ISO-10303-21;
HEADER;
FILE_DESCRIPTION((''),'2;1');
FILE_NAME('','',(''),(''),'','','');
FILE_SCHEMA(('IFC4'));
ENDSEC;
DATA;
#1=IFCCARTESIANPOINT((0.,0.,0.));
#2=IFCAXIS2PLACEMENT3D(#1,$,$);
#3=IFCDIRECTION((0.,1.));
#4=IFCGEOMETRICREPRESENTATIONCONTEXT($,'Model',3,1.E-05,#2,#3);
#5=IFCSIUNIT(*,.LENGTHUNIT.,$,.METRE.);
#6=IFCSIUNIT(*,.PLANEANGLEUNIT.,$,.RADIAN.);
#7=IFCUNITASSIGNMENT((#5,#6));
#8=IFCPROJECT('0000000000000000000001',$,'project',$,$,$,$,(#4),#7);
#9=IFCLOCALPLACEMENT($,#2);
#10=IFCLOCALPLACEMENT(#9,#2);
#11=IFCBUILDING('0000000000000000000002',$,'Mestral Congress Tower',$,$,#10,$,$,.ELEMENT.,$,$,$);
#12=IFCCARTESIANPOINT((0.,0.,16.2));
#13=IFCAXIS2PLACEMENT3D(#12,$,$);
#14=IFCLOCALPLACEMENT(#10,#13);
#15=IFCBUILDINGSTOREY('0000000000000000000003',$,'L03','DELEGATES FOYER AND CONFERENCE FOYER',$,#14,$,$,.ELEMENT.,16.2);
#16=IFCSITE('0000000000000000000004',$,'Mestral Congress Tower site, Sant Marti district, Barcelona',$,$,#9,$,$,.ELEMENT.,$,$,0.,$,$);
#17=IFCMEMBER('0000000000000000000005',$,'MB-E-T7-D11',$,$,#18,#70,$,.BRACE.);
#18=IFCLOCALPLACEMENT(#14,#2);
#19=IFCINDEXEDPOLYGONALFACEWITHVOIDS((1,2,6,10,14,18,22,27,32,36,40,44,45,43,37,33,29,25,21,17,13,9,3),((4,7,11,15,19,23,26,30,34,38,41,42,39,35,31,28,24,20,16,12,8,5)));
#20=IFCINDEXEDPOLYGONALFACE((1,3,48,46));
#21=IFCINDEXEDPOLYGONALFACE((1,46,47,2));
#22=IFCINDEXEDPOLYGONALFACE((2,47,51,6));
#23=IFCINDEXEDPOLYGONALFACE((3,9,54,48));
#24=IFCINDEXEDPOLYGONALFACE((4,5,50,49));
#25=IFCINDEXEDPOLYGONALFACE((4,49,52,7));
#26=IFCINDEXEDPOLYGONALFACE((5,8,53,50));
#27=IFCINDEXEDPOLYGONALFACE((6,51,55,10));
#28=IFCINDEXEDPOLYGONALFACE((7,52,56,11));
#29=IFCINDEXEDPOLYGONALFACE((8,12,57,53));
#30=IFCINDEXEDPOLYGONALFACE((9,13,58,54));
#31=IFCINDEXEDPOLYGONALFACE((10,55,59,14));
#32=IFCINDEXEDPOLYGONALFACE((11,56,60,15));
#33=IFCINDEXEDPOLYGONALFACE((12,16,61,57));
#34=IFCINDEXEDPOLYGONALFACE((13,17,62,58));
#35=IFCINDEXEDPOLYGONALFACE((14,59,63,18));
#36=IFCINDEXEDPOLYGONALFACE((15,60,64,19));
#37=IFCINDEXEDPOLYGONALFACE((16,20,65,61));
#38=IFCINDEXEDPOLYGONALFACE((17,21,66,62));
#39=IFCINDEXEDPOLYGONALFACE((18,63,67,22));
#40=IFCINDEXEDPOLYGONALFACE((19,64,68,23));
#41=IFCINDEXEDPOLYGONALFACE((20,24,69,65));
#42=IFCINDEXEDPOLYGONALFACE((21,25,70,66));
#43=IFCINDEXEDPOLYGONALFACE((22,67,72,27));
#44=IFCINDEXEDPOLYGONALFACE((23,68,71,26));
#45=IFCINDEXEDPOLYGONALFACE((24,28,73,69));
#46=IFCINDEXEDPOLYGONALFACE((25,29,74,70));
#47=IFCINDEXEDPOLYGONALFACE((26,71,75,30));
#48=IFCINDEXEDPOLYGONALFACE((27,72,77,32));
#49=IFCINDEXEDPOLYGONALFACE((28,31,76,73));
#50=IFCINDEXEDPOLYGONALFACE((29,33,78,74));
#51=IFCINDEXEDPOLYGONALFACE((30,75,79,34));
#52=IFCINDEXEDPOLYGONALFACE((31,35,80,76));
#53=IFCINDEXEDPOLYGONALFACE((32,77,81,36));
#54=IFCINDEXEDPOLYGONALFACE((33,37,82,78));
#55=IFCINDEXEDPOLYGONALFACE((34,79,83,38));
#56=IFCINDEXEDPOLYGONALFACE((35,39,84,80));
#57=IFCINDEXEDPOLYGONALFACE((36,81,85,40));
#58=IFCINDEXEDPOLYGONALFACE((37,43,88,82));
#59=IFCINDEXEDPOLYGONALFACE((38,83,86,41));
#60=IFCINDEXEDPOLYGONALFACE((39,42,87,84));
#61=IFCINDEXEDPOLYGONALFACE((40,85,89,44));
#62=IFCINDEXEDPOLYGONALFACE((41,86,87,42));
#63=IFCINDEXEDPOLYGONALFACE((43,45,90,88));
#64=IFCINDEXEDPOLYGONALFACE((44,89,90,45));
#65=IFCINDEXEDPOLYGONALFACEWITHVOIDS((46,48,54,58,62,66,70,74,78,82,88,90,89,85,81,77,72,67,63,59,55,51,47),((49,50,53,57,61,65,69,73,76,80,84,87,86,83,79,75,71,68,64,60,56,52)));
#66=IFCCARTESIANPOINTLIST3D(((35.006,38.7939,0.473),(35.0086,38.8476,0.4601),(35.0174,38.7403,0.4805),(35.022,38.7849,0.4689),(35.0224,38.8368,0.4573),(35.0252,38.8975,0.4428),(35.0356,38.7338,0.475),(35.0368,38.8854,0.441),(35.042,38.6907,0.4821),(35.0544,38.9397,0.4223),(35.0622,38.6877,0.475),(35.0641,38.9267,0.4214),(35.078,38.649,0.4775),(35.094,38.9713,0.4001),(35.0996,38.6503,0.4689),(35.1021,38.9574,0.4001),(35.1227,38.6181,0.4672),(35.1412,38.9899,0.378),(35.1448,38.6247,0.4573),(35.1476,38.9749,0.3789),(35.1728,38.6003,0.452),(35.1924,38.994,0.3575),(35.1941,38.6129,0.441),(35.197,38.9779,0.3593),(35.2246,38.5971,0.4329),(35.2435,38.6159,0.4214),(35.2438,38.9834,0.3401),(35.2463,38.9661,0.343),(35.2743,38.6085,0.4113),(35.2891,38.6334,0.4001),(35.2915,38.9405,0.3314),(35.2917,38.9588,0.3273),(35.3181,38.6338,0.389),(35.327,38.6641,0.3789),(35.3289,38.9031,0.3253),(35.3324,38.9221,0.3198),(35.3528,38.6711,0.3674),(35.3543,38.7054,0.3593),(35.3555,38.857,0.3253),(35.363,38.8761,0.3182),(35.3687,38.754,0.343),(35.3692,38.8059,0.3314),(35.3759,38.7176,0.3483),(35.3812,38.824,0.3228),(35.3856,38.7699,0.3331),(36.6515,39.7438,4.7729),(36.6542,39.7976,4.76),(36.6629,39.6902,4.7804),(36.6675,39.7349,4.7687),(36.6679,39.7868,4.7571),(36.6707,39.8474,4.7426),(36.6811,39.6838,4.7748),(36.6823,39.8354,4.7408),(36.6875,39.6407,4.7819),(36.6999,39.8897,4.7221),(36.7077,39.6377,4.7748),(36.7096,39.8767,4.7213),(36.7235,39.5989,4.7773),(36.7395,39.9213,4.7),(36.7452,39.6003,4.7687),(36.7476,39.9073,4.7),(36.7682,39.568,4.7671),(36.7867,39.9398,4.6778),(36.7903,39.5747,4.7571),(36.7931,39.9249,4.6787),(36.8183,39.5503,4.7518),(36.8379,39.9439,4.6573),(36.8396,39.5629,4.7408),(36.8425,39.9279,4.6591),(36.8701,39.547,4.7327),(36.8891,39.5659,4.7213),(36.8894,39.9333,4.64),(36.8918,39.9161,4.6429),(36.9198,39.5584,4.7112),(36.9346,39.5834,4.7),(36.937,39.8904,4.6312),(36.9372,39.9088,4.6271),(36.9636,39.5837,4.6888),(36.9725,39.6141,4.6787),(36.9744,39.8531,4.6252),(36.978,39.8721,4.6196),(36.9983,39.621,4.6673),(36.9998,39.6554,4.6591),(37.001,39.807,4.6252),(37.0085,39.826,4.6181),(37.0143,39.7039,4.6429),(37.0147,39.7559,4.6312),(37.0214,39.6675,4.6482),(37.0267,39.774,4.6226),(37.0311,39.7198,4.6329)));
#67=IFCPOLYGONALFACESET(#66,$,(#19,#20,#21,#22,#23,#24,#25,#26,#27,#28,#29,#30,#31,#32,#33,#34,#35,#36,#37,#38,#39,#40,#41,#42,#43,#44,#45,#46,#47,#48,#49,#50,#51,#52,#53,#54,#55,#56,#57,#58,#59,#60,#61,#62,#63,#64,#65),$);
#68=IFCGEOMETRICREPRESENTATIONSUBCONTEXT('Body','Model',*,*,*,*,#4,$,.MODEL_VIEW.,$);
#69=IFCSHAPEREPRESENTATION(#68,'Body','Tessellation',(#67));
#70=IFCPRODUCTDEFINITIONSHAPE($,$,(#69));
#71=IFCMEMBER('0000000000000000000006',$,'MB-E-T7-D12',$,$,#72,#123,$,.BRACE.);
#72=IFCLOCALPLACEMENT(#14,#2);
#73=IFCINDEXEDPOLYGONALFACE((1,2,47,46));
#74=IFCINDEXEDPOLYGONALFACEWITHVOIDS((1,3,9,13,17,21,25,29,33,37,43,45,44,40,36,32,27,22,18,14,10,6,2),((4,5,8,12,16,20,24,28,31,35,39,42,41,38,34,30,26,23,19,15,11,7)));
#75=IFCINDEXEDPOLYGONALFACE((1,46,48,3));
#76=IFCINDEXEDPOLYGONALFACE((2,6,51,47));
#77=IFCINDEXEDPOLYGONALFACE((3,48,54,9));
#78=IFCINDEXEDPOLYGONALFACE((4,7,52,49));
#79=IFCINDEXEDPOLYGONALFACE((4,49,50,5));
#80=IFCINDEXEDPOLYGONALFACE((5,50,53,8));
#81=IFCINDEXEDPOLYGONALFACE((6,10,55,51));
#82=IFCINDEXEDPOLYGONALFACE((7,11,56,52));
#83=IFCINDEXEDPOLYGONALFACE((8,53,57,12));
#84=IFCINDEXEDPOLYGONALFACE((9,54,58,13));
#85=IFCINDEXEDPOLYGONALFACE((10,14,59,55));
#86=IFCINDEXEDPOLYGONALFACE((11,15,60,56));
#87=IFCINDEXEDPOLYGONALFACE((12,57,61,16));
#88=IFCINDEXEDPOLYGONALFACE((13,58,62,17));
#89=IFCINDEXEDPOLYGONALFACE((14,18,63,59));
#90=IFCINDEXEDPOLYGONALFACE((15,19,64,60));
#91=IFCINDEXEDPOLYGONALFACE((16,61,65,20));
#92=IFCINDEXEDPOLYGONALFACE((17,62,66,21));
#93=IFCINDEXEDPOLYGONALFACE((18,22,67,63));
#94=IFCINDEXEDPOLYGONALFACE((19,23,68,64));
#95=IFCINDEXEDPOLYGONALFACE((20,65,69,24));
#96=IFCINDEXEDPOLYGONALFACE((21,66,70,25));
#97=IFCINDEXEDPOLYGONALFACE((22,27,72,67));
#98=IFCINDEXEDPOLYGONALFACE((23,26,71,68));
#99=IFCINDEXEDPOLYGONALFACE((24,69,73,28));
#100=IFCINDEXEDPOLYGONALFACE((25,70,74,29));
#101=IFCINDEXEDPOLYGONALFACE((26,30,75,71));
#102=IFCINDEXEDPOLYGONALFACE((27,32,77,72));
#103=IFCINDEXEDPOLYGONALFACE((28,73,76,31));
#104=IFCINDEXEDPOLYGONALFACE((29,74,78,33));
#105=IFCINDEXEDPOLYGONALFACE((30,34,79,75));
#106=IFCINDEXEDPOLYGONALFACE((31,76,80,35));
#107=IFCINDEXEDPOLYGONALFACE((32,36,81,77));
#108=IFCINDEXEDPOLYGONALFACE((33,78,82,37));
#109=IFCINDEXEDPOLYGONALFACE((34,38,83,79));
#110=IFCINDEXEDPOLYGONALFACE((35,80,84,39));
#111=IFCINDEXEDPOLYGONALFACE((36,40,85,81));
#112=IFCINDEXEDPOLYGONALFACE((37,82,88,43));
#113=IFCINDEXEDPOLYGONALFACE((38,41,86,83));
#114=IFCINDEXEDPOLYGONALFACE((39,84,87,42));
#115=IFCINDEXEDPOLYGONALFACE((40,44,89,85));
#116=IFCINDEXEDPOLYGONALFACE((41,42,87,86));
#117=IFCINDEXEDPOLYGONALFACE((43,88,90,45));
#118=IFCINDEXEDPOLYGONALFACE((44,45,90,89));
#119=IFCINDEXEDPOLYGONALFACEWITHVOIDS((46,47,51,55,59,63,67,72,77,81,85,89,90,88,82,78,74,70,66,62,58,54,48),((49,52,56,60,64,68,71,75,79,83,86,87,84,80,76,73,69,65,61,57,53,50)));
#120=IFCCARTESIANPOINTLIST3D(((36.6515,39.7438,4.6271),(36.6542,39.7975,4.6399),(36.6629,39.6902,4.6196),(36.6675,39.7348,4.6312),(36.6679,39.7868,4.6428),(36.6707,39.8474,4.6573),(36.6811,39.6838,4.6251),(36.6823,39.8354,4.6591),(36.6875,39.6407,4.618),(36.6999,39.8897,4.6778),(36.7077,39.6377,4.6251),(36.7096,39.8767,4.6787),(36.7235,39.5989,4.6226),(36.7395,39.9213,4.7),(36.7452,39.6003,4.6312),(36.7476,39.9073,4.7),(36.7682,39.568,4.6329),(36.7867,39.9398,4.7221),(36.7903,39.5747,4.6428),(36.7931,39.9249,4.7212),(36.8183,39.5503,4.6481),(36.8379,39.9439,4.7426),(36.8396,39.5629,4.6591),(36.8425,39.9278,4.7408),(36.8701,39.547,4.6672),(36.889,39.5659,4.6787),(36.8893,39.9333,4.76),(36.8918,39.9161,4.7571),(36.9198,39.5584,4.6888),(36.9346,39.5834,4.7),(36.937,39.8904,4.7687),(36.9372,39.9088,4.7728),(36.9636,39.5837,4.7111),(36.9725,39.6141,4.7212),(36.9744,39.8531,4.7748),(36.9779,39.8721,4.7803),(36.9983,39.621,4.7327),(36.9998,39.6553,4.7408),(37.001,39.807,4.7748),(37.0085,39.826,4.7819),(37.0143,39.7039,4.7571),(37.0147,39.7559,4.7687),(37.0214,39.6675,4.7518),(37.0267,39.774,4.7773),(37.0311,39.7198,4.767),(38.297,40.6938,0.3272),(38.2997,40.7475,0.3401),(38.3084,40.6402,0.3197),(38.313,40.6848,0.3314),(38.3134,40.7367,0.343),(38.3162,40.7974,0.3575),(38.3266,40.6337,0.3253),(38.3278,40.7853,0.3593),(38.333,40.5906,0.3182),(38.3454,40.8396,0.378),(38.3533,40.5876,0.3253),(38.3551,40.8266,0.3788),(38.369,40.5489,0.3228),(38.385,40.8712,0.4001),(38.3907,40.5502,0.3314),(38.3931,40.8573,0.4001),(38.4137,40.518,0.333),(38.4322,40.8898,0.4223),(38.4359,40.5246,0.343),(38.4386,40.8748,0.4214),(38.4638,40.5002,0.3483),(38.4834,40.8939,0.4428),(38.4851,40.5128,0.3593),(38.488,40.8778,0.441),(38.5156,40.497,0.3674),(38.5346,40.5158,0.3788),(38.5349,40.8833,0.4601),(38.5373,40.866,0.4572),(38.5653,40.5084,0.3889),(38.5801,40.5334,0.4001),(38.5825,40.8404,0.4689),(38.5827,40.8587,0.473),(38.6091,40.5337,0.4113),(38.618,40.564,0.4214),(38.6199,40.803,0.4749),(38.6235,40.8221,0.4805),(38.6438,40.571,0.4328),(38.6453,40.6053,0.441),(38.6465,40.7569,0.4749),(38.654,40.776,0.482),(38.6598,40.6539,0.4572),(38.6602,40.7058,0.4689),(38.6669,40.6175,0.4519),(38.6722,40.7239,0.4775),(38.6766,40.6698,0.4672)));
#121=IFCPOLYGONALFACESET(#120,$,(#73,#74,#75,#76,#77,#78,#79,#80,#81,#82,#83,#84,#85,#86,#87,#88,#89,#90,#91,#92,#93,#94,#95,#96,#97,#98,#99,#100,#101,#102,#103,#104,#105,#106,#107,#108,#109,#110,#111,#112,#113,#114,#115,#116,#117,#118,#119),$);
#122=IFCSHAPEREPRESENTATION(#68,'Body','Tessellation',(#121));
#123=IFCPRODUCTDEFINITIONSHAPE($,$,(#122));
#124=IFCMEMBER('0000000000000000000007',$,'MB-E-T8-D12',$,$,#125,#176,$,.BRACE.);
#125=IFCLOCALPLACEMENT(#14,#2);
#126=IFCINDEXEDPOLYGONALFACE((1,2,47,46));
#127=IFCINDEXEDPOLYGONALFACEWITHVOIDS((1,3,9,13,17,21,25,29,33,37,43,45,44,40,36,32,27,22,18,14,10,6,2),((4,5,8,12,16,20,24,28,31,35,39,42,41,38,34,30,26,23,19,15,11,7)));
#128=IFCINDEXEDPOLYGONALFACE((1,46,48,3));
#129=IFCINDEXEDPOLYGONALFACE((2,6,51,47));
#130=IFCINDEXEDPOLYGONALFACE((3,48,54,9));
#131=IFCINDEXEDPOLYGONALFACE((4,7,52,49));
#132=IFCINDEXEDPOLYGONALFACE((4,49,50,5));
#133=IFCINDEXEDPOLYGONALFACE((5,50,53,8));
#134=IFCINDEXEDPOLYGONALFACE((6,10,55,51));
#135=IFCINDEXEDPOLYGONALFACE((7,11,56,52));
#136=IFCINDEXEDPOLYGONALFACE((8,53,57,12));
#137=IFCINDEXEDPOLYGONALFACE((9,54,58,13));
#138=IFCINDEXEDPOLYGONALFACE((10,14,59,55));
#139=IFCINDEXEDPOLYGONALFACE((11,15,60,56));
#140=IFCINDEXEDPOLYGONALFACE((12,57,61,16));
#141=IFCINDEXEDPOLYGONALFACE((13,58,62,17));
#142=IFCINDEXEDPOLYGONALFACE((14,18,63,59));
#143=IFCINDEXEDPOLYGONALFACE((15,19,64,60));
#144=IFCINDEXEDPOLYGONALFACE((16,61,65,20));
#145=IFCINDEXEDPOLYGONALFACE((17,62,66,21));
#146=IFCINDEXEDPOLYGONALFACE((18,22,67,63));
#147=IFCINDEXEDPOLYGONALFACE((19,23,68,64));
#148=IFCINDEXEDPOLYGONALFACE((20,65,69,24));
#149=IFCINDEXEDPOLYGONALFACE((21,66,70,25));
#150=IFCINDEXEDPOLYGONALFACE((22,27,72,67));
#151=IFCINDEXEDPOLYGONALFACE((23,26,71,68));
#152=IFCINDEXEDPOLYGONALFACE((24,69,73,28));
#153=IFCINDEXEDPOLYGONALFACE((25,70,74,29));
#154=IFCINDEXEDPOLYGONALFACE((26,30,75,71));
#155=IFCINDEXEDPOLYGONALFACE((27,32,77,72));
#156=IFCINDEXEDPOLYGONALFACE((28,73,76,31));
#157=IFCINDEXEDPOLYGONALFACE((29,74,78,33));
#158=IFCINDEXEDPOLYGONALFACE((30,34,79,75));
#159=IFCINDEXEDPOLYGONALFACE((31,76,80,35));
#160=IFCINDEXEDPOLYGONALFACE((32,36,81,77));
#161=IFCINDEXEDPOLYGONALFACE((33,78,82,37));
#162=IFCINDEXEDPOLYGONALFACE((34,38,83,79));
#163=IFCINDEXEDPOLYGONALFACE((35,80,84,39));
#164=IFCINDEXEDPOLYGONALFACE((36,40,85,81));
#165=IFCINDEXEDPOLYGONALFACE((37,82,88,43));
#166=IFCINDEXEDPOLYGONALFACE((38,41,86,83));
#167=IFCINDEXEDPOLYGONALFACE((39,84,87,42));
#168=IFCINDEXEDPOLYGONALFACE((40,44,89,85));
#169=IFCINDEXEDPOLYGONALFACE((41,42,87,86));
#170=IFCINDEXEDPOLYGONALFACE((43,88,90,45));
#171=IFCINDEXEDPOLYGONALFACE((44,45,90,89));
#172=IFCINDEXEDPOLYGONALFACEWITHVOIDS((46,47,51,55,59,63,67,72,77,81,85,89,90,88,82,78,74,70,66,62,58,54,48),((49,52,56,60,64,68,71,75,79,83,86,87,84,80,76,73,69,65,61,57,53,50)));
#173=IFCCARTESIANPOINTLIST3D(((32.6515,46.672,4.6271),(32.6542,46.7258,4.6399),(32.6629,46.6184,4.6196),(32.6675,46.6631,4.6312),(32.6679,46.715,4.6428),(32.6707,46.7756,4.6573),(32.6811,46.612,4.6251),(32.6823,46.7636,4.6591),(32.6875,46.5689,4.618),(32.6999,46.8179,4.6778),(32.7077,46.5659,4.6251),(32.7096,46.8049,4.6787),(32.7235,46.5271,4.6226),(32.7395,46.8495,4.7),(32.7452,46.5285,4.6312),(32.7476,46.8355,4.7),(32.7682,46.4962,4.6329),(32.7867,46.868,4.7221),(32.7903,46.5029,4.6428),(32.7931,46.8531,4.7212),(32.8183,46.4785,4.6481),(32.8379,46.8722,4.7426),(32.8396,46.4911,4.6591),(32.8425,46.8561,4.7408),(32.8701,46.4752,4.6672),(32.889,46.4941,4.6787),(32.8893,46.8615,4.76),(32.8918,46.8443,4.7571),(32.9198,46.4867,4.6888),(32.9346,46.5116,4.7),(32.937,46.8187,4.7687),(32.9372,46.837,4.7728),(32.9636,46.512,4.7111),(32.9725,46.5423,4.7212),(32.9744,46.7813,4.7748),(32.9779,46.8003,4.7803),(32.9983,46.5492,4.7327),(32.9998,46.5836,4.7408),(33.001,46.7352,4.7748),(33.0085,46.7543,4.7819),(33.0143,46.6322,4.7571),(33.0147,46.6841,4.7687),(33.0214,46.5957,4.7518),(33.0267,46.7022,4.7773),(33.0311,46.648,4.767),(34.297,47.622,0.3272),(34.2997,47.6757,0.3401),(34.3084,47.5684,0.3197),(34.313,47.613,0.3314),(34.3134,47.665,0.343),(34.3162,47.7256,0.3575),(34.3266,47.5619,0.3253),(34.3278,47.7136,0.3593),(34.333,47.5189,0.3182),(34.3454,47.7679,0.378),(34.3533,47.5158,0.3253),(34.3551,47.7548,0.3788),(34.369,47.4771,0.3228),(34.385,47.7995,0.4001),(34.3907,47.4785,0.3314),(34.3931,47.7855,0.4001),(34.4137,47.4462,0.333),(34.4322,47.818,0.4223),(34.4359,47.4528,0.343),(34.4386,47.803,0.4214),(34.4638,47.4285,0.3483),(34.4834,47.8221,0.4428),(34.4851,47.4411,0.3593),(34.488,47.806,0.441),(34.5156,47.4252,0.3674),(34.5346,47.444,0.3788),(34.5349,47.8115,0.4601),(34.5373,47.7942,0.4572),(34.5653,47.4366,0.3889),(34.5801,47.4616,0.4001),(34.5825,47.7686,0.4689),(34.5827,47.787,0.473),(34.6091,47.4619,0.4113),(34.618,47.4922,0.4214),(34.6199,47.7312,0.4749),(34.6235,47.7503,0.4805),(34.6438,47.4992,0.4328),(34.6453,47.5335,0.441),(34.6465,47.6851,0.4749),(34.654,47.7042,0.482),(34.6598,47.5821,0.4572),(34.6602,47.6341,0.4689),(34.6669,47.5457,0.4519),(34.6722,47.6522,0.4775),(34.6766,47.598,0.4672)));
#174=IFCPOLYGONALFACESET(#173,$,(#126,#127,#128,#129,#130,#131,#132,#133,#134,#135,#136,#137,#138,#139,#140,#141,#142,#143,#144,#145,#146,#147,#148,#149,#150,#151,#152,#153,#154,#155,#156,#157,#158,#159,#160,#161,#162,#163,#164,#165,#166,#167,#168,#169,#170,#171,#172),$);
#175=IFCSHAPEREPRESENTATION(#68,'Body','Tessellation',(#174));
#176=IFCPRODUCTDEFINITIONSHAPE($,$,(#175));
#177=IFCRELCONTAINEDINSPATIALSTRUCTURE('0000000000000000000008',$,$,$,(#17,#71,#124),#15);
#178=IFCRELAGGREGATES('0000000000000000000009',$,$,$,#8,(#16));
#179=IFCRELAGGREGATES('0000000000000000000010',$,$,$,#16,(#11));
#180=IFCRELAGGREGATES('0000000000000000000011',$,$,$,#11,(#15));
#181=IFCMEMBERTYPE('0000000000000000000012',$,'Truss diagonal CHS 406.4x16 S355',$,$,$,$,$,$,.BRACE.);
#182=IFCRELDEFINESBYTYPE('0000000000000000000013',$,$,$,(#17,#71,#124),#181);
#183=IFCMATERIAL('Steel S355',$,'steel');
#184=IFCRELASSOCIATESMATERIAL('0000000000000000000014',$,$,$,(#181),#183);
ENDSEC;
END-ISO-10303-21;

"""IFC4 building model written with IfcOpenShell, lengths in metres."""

from ifc_helpers import new_model, si_unit, direction, frame, origin, origin_2d, place, context, subcontext, project, spatial, hollow_circle, extrude, material, material_profile, profile_set, type_object, element, save


model = new_model("IFC4")

# Units and contexts
model_context = context("Model", 3, precision=1e-05, world=origin(), true_north=direction((0.0, 1.0)))
body_context = subcontext(model_context, "Body", "Model", "MODEL_VIEW")
ifc_project = project(units=[si_unit("LENGTHUNIT", "METRE"), si_unit("PLANEANGLEUNIT", "RADIAN")], contexts=[model_context])

# Site, building, storey
site_placement = place(None, origin())
site = spatial("IfcSite", under=ifc_project, at=site_placement, Name="Mestral Congress Tower site, Sant Marti district, Barcelona", CompositionType="ELEMENT", RefElevation=0.0)
building_placement = place(site_placement, origin())
building = spatial("IfcBuilding", under=site, at=building_placement, Name="Mestral Congress Tower", CompositionType="ELEMENT")
storey_placement = place(building_placement, frame((0.0, 0.0, 16.2)))
storey = spatial("IfcBuildingStorey", under=building, at=storey_placement, Name="L03", Description="DELEGATES FOYER AND CONFERENCE FOYER", CompositionType="ELEMENT", Elevation=16.2)

# Members
ifc_material = material(Name="Steel S355", Category="steel")
ifc_material_profile_1 = material_profile(ifc_material, hollow_circle(Radius=0.2031, WallThickness=0.0161, at=origin_2d()), Name="CHS 406.4x16")
ifc_profile_set_1 = profile_set([ifc_material_profile_1], Name="Steel S355")
member_type_1 = type_object("IfcMemberType", Name="Truss diagonal CHS 406.4x16 S355", PredefinedType="BRACE", material=ifc_profile_set_1)
for number, where, z_axis, x_axis, name in (
    (1, (35.1956, 38.7954, 0.4001), (0.350041, 0.202079, 0.914678), (-0.499967, 0.866044, 0.0), "MB-E-T7-D11"),
    (2, (36.8411, 39.7454, 4.7), (0.350041, 0.202079, -0.914678), (-0.499967, 0.866044, 0.0), "MB-E-T7-D12"),
    (3, (32.8411, 46.6736, 4.7), (0.350041, 0.202079, -0.914678), (-0.499967, 0.866044, 0.0), "MB-E-T8-D12"),
):
    element("IfcMember", number, at=place(storey_placement, frame(where, z_axis=z_axis, x_axis=x_axis)), inside=storey, type_object=member_type_1, Name=name, PredefinedType="BRACE", context=body_context, shape_type="SweptSolid", body=[
        extrude(hollow_circle(Radius=0.2031, WallThickness=0.0161, at=origin_2d()), origin(), (0.0, 0.0, 1.0), 4.7009),
    ])

save(model, "model.ifc")
